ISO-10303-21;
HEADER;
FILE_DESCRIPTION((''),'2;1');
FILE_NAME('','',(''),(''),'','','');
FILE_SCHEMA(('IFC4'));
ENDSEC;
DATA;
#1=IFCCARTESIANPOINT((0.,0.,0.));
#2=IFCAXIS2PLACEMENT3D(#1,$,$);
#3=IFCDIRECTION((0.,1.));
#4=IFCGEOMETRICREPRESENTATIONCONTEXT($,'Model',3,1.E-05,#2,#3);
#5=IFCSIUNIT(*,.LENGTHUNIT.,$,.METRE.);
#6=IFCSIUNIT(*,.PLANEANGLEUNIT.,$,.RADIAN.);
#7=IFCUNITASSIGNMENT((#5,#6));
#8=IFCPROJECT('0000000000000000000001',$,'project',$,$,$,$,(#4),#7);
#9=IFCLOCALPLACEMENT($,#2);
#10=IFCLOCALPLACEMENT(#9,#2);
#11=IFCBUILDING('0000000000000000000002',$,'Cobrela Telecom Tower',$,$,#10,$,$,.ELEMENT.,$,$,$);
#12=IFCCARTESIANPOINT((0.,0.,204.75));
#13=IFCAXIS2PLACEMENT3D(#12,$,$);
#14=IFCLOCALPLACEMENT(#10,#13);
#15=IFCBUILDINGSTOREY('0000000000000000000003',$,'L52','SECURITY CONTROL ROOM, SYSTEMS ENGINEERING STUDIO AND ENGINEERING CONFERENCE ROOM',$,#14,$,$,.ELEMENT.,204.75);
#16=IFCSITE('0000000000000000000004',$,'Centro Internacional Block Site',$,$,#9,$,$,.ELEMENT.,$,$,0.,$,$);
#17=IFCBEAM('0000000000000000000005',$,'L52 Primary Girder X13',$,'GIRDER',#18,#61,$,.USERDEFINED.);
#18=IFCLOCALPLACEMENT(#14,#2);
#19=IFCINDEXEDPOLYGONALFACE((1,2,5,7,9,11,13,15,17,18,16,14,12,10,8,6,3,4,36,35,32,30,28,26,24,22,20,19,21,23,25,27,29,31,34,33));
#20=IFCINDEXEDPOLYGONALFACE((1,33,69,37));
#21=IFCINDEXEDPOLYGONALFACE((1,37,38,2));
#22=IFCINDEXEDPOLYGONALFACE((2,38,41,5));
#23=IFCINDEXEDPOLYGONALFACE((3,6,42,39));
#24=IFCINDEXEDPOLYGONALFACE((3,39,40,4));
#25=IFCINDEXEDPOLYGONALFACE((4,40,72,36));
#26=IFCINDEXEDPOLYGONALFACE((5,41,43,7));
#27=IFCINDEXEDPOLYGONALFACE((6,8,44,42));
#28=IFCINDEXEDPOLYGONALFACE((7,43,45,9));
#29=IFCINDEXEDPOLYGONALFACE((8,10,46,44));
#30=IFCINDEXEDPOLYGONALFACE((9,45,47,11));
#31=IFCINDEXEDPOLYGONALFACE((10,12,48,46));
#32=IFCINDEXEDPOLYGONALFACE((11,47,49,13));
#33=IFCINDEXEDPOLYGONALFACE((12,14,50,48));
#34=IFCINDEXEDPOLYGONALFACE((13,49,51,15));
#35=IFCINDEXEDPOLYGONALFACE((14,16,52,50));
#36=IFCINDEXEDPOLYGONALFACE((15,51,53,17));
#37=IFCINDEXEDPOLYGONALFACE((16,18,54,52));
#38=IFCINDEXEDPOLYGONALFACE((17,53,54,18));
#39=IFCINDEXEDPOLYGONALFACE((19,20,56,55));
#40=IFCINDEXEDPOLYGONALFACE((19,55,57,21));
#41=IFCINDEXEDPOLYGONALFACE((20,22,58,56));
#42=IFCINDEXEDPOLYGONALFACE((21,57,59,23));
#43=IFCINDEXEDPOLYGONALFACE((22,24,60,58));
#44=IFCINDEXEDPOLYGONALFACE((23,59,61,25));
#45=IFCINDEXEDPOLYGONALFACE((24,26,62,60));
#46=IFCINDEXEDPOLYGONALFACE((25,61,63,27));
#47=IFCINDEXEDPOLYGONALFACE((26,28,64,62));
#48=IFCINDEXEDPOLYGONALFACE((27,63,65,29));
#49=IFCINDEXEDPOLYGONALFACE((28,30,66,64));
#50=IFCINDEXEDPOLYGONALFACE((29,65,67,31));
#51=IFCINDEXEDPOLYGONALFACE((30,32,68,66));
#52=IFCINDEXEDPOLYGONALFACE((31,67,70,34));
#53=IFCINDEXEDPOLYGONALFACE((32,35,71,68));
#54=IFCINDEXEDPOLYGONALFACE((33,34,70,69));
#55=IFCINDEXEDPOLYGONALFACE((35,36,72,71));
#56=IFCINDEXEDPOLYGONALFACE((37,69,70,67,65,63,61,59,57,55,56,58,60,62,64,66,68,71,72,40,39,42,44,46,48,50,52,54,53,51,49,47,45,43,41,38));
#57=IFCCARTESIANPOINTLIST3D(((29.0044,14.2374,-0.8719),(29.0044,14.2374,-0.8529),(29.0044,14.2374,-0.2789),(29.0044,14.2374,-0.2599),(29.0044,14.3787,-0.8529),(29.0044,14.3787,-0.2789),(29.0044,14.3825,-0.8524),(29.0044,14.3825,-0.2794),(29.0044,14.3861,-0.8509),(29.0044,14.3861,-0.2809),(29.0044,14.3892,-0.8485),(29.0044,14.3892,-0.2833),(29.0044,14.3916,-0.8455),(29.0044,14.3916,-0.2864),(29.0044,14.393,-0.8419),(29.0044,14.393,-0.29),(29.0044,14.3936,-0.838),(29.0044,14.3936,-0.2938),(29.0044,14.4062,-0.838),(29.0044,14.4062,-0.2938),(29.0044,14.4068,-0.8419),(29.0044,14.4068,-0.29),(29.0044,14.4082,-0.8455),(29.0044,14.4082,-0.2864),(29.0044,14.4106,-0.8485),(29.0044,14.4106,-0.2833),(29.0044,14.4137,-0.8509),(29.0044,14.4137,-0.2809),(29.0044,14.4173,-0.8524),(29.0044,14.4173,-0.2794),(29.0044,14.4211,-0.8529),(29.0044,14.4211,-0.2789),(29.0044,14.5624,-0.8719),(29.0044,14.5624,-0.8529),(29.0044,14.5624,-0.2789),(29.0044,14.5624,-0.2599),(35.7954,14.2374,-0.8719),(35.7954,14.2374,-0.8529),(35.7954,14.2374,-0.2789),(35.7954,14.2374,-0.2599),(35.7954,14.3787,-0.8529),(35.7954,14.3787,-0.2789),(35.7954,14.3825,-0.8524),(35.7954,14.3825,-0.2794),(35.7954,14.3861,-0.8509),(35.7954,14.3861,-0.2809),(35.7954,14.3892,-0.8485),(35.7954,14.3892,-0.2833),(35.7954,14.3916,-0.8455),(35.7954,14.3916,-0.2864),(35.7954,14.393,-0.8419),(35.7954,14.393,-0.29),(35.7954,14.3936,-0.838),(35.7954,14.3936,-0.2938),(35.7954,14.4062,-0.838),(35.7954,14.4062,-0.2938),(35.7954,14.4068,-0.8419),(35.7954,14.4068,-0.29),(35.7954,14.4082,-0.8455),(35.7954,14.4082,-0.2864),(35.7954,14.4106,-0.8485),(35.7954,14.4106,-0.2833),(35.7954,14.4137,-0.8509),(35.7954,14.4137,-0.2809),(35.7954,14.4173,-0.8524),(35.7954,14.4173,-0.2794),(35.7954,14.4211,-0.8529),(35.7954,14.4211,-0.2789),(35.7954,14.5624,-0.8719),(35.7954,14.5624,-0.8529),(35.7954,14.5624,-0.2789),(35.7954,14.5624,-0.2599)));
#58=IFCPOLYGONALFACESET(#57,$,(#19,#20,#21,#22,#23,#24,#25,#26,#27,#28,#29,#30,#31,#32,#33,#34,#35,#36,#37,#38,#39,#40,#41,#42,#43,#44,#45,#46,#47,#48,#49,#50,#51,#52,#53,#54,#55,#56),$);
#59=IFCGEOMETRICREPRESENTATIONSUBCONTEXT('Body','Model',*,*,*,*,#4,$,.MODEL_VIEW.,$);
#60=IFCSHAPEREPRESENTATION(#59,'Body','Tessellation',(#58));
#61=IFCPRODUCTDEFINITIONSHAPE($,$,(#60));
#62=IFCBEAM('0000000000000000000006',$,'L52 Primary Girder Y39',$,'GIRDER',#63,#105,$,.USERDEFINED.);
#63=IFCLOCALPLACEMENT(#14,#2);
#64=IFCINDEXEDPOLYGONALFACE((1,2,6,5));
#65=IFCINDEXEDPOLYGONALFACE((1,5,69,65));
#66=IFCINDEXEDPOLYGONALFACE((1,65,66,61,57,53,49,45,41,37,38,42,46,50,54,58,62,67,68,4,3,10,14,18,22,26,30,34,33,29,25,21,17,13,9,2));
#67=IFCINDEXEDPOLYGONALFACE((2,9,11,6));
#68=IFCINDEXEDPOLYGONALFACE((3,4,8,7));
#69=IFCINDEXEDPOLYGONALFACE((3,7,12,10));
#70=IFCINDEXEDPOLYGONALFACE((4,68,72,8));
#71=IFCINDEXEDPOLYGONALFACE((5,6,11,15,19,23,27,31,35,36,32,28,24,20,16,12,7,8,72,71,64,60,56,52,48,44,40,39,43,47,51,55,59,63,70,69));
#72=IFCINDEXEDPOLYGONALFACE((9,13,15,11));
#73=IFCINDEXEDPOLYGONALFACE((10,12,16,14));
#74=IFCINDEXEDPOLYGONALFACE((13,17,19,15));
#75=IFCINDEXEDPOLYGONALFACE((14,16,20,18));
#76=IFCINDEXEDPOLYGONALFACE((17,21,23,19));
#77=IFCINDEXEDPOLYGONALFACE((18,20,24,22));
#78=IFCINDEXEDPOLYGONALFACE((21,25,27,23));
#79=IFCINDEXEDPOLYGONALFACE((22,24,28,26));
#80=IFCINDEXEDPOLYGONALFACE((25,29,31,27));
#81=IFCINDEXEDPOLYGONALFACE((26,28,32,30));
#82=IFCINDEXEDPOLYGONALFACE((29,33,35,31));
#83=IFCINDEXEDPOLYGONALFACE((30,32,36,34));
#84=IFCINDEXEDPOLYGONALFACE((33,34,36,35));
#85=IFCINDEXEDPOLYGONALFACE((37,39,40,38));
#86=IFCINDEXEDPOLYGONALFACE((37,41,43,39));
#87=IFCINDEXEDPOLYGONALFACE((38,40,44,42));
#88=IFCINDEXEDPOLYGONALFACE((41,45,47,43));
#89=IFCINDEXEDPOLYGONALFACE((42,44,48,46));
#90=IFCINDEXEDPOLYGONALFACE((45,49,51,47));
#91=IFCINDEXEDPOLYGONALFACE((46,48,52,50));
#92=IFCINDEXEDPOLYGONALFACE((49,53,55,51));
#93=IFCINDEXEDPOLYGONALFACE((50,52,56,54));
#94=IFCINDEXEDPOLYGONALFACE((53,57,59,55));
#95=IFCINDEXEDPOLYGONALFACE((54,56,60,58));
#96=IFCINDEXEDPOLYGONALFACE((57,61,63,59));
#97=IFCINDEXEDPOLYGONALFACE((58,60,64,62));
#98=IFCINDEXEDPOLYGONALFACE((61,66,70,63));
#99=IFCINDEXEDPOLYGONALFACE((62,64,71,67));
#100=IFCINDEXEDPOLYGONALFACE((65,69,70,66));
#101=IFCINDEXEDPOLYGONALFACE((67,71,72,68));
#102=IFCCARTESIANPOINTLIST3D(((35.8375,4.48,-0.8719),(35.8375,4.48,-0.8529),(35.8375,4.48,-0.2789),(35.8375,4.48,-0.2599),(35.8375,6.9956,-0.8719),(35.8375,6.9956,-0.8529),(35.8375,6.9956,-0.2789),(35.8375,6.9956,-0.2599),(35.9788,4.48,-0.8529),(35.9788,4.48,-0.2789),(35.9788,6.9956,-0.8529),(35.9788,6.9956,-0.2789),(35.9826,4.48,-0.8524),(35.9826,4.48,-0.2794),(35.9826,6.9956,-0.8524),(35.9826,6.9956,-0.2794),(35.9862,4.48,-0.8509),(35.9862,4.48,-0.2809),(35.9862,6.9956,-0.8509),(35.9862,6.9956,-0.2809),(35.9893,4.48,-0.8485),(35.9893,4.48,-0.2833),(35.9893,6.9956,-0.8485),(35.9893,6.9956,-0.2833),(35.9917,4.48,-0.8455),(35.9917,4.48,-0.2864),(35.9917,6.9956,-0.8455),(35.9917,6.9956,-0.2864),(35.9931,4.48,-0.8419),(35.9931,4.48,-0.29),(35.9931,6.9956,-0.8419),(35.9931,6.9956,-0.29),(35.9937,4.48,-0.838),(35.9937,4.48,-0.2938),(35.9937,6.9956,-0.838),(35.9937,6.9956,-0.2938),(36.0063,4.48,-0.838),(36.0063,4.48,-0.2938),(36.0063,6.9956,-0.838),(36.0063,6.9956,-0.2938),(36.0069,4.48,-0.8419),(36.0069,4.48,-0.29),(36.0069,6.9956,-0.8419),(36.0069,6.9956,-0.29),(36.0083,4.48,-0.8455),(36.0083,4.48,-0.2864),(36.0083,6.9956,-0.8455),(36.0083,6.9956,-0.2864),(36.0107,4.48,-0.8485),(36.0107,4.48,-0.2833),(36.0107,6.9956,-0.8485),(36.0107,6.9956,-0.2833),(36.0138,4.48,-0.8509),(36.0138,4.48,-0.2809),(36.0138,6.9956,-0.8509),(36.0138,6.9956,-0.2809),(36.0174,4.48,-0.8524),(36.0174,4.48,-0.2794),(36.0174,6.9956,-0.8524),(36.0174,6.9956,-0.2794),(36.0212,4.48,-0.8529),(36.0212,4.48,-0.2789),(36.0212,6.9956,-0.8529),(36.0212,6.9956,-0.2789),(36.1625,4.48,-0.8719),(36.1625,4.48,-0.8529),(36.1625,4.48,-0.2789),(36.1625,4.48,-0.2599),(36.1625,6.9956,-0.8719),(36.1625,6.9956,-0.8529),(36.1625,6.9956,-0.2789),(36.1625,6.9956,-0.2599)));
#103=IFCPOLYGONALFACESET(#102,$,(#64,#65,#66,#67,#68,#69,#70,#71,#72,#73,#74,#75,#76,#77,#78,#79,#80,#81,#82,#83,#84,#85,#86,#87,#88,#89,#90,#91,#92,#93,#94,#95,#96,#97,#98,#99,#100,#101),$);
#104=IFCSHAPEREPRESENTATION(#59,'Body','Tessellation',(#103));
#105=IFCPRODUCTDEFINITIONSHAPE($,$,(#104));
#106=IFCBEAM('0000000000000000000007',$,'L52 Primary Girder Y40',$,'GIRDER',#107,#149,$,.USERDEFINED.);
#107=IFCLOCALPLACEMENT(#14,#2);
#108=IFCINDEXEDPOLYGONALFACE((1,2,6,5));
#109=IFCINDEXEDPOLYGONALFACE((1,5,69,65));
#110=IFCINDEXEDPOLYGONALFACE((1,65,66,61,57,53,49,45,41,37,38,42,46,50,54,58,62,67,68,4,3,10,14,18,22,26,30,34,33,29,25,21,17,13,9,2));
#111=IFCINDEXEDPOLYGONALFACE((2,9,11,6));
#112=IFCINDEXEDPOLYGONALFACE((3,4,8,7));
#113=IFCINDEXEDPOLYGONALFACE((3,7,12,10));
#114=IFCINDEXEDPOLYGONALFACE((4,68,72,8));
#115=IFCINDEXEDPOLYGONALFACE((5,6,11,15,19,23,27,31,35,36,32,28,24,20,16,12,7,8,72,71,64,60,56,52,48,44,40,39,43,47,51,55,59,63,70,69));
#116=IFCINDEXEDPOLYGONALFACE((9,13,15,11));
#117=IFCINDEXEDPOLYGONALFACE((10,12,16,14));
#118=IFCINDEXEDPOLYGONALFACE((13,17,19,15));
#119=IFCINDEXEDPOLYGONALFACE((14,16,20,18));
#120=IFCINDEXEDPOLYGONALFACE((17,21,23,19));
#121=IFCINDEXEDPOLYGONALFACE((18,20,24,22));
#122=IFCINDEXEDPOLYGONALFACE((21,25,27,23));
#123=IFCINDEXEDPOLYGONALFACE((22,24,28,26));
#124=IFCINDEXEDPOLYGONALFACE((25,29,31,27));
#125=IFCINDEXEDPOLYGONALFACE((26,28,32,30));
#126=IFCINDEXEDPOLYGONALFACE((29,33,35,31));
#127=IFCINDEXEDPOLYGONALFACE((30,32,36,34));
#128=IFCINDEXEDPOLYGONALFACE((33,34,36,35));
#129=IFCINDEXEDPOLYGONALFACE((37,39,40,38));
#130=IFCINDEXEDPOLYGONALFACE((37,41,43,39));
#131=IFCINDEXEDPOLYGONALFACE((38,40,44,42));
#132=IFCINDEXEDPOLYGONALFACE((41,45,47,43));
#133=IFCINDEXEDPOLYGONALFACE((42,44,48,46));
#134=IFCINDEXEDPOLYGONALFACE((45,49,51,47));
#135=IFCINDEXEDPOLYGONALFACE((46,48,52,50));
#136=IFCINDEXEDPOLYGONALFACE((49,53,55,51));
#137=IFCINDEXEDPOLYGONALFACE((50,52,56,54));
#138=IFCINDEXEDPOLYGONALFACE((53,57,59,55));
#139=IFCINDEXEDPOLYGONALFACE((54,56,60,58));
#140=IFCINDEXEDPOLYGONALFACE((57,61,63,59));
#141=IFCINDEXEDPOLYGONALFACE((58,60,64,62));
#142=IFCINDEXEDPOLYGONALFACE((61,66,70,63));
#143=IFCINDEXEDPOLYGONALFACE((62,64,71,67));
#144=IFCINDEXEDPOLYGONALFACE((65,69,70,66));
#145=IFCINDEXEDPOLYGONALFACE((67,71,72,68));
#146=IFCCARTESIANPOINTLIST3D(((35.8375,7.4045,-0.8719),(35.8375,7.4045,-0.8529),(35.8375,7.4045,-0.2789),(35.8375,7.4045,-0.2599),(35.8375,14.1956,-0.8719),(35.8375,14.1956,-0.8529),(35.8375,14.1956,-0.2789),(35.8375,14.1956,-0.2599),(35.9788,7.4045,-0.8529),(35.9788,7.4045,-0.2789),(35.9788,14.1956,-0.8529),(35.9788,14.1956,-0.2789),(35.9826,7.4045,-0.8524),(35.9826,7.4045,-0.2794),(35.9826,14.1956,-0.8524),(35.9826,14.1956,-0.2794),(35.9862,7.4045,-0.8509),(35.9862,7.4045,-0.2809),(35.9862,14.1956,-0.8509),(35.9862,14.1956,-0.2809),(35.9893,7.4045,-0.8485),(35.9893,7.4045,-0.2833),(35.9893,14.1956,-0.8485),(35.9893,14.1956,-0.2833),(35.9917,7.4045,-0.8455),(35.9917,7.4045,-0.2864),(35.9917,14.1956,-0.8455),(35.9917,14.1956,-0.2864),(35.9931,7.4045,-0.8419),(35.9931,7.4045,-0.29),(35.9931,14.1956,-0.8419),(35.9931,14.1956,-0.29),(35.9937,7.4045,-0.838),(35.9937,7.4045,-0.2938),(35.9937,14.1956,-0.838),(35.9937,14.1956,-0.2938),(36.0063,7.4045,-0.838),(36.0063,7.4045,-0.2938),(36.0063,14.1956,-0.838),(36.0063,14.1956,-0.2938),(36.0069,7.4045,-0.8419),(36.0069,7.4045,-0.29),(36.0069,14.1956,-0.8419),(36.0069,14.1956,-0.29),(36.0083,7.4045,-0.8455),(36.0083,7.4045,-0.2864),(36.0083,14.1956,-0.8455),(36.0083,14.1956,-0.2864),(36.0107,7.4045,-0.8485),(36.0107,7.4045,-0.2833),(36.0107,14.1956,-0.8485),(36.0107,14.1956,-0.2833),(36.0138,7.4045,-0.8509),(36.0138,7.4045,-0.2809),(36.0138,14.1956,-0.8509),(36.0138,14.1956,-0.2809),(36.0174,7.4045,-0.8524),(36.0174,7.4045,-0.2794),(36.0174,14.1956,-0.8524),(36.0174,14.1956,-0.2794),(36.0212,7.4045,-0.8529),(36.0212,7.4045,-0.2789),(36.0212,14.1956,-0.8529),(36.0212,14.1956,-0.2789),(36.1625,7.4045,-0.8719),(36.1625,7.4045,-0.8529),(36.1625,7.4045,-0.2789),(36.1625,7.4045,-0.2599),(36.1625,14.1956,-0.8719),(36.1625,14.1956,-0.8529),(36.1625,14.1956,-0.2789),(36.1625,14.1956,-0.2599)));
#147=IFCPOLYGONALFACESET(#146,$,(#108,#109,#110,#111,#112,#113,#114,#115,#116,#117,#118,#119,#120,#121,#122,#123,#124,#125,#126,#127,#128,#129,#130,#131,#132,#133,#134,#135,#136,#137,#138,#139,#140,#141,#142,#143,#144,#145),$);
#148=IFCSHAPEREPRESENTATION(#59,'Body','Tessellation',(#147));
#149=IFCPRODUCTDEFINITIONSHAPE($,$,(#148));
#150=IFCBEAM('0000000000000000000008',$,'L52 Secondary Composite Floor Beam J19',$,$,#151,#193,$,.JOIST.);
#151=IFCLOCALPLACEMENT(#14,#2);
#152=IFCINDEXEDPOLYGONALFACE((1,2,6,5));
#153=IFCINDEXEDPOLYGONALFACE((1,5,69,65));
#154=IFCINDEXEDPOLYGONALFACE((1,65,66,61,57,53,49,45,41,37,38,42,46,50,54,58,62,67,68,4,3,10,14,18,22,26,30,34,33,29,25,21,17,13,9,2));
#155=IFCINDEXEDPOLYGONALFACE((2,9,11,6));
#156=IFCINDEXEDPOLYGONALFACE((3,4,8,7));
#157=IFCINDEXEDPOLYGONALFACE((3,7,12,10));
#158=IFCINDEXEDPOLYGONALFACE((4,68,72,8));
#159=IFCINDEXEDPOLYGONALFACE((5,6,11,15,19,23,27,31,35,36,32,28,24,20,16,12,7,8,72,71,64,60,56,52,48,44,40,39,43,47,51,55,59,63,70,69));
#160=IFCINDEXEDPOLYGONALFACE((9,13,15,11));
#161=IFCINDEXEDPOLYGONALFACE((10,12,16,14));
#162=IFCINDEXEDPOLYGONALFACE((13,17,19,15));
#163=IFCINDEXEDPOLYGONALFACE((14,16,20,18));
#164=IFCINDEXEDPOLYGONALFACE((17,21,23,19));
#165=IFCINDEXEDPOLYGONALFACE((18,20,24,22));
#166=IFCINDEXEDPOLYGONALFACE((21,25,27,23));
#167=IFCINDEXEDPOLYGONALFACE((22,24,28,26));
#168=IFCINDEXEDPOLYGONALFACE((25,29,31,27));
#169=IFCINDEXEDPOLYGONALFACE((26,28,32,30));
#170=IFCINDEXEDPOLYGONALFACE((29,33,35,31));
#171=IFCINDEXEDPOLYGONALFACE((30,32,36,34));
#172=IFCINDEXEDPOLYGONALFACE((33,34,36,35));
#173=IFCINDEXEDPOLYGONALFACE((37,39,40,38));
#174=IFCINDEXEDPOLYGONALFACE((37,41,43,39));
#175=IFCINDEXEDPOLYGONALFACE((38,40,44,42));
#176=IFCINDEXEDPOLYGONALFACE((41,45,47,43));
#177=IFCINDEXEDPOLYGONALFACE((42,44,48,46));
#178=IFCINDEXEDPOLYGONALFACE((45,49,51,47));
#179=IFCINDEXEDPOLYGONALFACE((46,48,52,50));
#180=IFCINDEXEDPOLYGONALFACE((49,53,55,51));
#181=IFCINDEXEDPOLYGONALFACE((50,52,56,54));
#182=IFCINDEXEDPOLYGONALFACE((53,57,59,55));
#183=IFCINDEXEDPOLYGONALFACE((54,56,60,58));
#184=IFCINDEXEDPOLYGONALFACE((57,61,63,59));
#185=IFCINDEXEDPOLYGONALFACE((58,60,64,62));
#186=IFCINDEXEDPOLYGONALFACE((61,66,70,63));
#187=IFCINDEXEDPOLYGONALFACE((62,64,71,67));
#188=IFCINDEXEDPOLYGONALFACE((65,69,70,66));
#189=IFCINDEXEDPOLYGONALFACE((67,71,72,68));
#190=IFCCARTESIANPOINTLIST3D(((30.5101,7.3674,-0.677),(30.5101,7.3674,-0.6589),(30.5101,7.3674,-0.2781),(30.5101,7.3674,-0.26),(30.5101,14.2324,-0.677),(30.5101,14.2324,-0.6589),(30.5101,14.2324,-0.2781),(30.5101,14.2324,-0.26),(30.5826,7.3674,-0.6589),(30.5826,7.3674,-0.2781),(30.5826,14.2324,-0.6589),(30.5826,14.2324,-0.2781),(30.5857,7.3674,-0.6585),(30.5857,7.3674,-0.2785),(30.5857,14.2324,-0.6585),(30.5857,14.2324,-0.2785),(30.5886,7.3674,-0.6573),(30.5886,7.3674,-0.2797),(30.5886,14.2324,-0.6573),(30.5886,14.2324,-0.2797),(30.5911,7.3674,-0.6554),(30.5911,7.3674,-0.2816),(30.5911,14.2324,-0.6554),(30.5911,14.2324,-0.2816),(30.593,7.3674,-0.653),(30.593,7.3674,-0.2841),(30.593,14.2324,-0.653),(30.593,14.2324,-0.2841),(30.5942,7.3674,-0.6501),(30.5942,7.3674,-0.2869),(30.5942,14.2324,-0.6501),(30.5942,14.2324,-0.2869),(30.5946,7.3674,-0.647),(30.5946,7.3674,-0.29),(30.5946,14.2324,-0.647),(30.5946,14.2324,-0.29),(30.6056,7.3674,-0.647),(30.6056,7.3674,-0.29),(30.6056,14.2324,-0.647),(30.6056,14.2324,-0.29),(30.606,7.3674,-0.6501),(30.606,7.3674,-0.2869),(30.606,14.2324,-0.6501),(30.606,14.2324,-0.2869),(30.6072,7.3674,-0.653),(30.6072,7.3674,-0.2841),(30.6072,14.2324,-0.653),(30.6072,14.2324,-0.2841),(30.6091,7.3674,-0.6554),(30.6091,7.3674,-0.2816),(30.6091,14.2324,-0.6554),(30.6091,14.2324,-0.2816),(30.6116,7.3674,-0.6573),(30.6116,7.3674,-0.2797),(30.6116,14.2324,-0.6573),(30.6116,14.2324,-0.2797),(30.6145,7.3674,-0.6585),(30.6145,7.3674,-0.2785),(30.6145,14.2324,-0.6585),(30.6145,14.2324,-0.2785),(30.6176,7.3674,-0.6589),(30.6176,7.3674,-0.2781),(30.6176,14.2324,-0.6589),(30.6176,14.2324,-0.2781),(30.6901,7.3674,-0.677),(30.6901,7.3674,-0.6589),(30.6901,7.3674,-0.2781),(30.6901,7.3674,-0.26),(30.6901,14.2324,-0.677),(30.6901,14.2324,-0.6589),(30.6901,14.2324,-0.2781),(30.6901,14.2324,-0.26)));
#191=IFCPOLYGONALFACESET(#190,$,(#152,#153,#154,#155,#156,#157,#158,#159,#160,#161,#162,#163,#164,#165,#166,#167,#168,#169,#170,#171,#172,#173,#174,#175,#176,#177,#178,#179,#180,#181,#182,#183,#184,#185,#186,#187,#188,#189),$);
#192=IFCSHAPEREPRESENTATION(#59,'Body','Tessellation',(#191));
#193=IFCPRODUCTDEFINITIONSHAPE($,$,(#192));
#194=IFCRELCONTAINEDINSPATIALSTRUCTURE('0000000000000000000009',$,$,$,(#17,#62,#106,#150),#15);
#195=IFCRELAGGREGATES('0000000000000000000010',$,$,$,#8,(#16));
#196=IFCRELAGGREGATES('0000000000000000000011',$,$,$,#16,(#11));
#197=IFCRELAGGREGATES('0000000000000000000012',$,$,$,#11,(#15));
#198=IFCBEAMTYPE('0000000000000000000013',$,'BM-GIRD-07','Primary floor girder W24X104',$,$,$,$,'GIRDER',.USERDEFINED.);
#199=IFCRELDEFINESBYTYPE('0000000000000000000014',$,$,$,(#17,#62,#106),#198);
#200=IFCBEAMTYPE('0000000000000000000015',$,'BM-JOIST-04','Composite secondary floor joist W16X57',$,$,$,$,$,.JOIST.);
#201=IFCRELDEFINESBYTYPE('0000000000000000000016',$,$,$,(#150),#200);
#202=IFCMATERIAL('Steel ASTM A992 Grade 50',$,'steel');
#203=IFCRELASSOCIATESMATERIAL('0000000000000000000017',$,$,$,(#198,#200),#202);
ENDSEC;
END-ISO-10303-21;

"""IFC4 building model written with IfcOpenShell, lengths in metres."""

from ifc_helpers import new_model, si_unit, direction, frame, origin, origin_2d, place, context, subcontext, project, spatial, i_section, extrude, material, material_profile, profile_set, type_object, element, save


model = new_model("IFC4")

# Units and contexts
model_context = context("Model", 3, precision=1e-05, world=origin(), true_north=direction((0.0, 1.0)))
body_context = subcontext(model_context, "Body", "Model", "MODEL_VIEW")
ifc_project = project(units=[si_unit("LENGTHUNIT", "METRE"), si_unit("PLANEANGLEUNIT", "RADIAN")], contexts=[model_context])

# Site, building, storey
site_placement = place(None, origin())
site = spatial("IfcSite", under=ifc_project, at=site_placement, Name="Centro Internacional Block Site", CompositionType="ELEMENT", RefElevation=0.0)
building_placement = place(site_placement, origin())
building = spatial("IfcBuilding", under=site, at=building_placement, Name="Cobrela Telecom Tower", CompositionType="ELEMENT")
storey_placement = place(building_placement, frame((0.0, 0.0, 204.75)))
storey = spatial("IfcBuildingStorey", under=building, at=storey_placement, Name="L52", Description="SECURITY CONTROL ROOM, SYSTEMS ENGINEERING STUDIO AND ENGINEERING CONFERENCE ROOM", CompositionType="ELEMENT", Elevation=204.75)

# Shared definitions
ifc_material_1 = material(Name="Steel ASTM A992 Grade 50", Category="steel")

# Beams
ifc_material_profile_1 = material_profile(ifc_material_1, i_section(OverallWidth=0.325, OverallDepth=0.6121, WebThickness=0.0127, FlangeThickness=0.019, FilletRadius=0.0149, at=origin_2d()), Name="W24X104")
ifc_profile_set_1 = profile_set([ifc_material_profile_1], Name="Steel ASTM A992 Grade 50")
beam_type_1 = type_object("IfcBeamType", Name="BM-GIRD-07", Description="Primary floor girder W24X104", ElementType="GIRDER", PredefinedType="USERDEFINED", material=ifc_profile_set_1)
beam_1_placement = place(storey_placement, frame((29.0044, 14.3999, -0.5659), z_axis=(1.0, 0.0, 0.0), x_axis=(0.0, 1.0, 0.0)))
element("IfcBeam", 1, at=beam_1_placement, inside=storey, type_object=beam_type_1, Name="L52 Primary Girder X13", ObjectType="GIRDER", PredefinedType="USERDEFINED", context=body_context, shape_type="SweptSolid", body=[
    extrude(i_section(OverallWidth=0.325, OverallDepth=0.6121, WebThickness=0.0127, FlangeThickness=0.019, FilletRadius=0.0149, at=origin_2d()), origin(), (0.0, 0.0, 1.0), 6.791),
])
beam_2_placement = place(storey_placement, frame((36.0, 4.48, -0.5659), z_axis=(0.0, 1.0, 0.0), x_axis=(-1.0, 0.0, 0.0)))
element("IfcBeam", 2, at=beam_2_placement, inside=storey, type_object=beam_type_1, Name="L52 Primary Girder Y39", ObjectType="GIRDER", PredefinedType="USERDEFINED", context=body_context, shape_type="SweptSolid", body=[
    extrude(i_section(OverallWidth=0.325, OverallDepth=0.6121, WebThickness=0.0127, FlangeThickness=0.019, FilletRadius=0.0149, at=origin_2d()), origin(), (0.0, 0.0, 1.0), 2.5156),
])
beam_3_placement = place(storey_placement, frame((36.0, 7.4045, -0.5659), z_axis=(0.0, 1.0, 0.0), x_axis=(-1.0, 0.0, 0.0)))
element("IfcBeam", 3, at=beam_3_placement, inside=storey, type_object=beam_type_1, Name="L52 Primary Girder Y40", ObjectType="GIRDER", PredefinedType="USERDEFINED", context=body_context, shape_type="SweptSolid", body=[
    extrude(i_section(OverallWidth=0.325, OverallDepth=0.6121, WebThickness=0.0127, FlangeThickness=0.019, FilletRadius=0.0149, at=origin_2d()), origin(), (0.0, 0.0, 1.0), 6.791),
])
ifc_material_profile_2 = material_profile(ifc_material_1, i_section(OverallWidth=0.1799, OverallDepth=0.417, WebThickness=0.011, FlangeThickness=0.0181, FilletRadius=0.012, at=origin_2d()), Name="W16X57")
ifc_profile_set_2 = profile_set([ifc_material_profile_2], Name="Steel ASTM A992 Grade 50")
beam_type_2 = type_object("IfcBeamType", Name="BM-JOIST-04", Description="Composite secondary floor joist W16X57", PredefinedType="JOIST", material=ifc_profile_set_2)
for number, where, z_axis, x_axis, name in (
    (4, (30.6001, 7.3674, -0.4685), (0.0, 1.0, 0.0), (-1.0, 0.0, 0.0), "L52 Secondary Composite Floor Beam J19"),
):
    element("IfcBeam", number, at=place(storey_placement, frame(where, z_axis=z_axis, x_axis=x_axis)), inside=storey, type_object=beam_type_2, Name=name, PredefinedType="JOIST", context=body_context, shape_type="SweptSolid", body=[
        extrude(i_section(OverallWidth=0.1799, OverallDepth=0.417, WebThickness=0.011, FlangeThickness=0.0181, FilletRadius=0.012, at=origin_2d()), origin(), (0.0, 0.0, 1.0), 6.865),
    ])

save(model, "model.ifc")
